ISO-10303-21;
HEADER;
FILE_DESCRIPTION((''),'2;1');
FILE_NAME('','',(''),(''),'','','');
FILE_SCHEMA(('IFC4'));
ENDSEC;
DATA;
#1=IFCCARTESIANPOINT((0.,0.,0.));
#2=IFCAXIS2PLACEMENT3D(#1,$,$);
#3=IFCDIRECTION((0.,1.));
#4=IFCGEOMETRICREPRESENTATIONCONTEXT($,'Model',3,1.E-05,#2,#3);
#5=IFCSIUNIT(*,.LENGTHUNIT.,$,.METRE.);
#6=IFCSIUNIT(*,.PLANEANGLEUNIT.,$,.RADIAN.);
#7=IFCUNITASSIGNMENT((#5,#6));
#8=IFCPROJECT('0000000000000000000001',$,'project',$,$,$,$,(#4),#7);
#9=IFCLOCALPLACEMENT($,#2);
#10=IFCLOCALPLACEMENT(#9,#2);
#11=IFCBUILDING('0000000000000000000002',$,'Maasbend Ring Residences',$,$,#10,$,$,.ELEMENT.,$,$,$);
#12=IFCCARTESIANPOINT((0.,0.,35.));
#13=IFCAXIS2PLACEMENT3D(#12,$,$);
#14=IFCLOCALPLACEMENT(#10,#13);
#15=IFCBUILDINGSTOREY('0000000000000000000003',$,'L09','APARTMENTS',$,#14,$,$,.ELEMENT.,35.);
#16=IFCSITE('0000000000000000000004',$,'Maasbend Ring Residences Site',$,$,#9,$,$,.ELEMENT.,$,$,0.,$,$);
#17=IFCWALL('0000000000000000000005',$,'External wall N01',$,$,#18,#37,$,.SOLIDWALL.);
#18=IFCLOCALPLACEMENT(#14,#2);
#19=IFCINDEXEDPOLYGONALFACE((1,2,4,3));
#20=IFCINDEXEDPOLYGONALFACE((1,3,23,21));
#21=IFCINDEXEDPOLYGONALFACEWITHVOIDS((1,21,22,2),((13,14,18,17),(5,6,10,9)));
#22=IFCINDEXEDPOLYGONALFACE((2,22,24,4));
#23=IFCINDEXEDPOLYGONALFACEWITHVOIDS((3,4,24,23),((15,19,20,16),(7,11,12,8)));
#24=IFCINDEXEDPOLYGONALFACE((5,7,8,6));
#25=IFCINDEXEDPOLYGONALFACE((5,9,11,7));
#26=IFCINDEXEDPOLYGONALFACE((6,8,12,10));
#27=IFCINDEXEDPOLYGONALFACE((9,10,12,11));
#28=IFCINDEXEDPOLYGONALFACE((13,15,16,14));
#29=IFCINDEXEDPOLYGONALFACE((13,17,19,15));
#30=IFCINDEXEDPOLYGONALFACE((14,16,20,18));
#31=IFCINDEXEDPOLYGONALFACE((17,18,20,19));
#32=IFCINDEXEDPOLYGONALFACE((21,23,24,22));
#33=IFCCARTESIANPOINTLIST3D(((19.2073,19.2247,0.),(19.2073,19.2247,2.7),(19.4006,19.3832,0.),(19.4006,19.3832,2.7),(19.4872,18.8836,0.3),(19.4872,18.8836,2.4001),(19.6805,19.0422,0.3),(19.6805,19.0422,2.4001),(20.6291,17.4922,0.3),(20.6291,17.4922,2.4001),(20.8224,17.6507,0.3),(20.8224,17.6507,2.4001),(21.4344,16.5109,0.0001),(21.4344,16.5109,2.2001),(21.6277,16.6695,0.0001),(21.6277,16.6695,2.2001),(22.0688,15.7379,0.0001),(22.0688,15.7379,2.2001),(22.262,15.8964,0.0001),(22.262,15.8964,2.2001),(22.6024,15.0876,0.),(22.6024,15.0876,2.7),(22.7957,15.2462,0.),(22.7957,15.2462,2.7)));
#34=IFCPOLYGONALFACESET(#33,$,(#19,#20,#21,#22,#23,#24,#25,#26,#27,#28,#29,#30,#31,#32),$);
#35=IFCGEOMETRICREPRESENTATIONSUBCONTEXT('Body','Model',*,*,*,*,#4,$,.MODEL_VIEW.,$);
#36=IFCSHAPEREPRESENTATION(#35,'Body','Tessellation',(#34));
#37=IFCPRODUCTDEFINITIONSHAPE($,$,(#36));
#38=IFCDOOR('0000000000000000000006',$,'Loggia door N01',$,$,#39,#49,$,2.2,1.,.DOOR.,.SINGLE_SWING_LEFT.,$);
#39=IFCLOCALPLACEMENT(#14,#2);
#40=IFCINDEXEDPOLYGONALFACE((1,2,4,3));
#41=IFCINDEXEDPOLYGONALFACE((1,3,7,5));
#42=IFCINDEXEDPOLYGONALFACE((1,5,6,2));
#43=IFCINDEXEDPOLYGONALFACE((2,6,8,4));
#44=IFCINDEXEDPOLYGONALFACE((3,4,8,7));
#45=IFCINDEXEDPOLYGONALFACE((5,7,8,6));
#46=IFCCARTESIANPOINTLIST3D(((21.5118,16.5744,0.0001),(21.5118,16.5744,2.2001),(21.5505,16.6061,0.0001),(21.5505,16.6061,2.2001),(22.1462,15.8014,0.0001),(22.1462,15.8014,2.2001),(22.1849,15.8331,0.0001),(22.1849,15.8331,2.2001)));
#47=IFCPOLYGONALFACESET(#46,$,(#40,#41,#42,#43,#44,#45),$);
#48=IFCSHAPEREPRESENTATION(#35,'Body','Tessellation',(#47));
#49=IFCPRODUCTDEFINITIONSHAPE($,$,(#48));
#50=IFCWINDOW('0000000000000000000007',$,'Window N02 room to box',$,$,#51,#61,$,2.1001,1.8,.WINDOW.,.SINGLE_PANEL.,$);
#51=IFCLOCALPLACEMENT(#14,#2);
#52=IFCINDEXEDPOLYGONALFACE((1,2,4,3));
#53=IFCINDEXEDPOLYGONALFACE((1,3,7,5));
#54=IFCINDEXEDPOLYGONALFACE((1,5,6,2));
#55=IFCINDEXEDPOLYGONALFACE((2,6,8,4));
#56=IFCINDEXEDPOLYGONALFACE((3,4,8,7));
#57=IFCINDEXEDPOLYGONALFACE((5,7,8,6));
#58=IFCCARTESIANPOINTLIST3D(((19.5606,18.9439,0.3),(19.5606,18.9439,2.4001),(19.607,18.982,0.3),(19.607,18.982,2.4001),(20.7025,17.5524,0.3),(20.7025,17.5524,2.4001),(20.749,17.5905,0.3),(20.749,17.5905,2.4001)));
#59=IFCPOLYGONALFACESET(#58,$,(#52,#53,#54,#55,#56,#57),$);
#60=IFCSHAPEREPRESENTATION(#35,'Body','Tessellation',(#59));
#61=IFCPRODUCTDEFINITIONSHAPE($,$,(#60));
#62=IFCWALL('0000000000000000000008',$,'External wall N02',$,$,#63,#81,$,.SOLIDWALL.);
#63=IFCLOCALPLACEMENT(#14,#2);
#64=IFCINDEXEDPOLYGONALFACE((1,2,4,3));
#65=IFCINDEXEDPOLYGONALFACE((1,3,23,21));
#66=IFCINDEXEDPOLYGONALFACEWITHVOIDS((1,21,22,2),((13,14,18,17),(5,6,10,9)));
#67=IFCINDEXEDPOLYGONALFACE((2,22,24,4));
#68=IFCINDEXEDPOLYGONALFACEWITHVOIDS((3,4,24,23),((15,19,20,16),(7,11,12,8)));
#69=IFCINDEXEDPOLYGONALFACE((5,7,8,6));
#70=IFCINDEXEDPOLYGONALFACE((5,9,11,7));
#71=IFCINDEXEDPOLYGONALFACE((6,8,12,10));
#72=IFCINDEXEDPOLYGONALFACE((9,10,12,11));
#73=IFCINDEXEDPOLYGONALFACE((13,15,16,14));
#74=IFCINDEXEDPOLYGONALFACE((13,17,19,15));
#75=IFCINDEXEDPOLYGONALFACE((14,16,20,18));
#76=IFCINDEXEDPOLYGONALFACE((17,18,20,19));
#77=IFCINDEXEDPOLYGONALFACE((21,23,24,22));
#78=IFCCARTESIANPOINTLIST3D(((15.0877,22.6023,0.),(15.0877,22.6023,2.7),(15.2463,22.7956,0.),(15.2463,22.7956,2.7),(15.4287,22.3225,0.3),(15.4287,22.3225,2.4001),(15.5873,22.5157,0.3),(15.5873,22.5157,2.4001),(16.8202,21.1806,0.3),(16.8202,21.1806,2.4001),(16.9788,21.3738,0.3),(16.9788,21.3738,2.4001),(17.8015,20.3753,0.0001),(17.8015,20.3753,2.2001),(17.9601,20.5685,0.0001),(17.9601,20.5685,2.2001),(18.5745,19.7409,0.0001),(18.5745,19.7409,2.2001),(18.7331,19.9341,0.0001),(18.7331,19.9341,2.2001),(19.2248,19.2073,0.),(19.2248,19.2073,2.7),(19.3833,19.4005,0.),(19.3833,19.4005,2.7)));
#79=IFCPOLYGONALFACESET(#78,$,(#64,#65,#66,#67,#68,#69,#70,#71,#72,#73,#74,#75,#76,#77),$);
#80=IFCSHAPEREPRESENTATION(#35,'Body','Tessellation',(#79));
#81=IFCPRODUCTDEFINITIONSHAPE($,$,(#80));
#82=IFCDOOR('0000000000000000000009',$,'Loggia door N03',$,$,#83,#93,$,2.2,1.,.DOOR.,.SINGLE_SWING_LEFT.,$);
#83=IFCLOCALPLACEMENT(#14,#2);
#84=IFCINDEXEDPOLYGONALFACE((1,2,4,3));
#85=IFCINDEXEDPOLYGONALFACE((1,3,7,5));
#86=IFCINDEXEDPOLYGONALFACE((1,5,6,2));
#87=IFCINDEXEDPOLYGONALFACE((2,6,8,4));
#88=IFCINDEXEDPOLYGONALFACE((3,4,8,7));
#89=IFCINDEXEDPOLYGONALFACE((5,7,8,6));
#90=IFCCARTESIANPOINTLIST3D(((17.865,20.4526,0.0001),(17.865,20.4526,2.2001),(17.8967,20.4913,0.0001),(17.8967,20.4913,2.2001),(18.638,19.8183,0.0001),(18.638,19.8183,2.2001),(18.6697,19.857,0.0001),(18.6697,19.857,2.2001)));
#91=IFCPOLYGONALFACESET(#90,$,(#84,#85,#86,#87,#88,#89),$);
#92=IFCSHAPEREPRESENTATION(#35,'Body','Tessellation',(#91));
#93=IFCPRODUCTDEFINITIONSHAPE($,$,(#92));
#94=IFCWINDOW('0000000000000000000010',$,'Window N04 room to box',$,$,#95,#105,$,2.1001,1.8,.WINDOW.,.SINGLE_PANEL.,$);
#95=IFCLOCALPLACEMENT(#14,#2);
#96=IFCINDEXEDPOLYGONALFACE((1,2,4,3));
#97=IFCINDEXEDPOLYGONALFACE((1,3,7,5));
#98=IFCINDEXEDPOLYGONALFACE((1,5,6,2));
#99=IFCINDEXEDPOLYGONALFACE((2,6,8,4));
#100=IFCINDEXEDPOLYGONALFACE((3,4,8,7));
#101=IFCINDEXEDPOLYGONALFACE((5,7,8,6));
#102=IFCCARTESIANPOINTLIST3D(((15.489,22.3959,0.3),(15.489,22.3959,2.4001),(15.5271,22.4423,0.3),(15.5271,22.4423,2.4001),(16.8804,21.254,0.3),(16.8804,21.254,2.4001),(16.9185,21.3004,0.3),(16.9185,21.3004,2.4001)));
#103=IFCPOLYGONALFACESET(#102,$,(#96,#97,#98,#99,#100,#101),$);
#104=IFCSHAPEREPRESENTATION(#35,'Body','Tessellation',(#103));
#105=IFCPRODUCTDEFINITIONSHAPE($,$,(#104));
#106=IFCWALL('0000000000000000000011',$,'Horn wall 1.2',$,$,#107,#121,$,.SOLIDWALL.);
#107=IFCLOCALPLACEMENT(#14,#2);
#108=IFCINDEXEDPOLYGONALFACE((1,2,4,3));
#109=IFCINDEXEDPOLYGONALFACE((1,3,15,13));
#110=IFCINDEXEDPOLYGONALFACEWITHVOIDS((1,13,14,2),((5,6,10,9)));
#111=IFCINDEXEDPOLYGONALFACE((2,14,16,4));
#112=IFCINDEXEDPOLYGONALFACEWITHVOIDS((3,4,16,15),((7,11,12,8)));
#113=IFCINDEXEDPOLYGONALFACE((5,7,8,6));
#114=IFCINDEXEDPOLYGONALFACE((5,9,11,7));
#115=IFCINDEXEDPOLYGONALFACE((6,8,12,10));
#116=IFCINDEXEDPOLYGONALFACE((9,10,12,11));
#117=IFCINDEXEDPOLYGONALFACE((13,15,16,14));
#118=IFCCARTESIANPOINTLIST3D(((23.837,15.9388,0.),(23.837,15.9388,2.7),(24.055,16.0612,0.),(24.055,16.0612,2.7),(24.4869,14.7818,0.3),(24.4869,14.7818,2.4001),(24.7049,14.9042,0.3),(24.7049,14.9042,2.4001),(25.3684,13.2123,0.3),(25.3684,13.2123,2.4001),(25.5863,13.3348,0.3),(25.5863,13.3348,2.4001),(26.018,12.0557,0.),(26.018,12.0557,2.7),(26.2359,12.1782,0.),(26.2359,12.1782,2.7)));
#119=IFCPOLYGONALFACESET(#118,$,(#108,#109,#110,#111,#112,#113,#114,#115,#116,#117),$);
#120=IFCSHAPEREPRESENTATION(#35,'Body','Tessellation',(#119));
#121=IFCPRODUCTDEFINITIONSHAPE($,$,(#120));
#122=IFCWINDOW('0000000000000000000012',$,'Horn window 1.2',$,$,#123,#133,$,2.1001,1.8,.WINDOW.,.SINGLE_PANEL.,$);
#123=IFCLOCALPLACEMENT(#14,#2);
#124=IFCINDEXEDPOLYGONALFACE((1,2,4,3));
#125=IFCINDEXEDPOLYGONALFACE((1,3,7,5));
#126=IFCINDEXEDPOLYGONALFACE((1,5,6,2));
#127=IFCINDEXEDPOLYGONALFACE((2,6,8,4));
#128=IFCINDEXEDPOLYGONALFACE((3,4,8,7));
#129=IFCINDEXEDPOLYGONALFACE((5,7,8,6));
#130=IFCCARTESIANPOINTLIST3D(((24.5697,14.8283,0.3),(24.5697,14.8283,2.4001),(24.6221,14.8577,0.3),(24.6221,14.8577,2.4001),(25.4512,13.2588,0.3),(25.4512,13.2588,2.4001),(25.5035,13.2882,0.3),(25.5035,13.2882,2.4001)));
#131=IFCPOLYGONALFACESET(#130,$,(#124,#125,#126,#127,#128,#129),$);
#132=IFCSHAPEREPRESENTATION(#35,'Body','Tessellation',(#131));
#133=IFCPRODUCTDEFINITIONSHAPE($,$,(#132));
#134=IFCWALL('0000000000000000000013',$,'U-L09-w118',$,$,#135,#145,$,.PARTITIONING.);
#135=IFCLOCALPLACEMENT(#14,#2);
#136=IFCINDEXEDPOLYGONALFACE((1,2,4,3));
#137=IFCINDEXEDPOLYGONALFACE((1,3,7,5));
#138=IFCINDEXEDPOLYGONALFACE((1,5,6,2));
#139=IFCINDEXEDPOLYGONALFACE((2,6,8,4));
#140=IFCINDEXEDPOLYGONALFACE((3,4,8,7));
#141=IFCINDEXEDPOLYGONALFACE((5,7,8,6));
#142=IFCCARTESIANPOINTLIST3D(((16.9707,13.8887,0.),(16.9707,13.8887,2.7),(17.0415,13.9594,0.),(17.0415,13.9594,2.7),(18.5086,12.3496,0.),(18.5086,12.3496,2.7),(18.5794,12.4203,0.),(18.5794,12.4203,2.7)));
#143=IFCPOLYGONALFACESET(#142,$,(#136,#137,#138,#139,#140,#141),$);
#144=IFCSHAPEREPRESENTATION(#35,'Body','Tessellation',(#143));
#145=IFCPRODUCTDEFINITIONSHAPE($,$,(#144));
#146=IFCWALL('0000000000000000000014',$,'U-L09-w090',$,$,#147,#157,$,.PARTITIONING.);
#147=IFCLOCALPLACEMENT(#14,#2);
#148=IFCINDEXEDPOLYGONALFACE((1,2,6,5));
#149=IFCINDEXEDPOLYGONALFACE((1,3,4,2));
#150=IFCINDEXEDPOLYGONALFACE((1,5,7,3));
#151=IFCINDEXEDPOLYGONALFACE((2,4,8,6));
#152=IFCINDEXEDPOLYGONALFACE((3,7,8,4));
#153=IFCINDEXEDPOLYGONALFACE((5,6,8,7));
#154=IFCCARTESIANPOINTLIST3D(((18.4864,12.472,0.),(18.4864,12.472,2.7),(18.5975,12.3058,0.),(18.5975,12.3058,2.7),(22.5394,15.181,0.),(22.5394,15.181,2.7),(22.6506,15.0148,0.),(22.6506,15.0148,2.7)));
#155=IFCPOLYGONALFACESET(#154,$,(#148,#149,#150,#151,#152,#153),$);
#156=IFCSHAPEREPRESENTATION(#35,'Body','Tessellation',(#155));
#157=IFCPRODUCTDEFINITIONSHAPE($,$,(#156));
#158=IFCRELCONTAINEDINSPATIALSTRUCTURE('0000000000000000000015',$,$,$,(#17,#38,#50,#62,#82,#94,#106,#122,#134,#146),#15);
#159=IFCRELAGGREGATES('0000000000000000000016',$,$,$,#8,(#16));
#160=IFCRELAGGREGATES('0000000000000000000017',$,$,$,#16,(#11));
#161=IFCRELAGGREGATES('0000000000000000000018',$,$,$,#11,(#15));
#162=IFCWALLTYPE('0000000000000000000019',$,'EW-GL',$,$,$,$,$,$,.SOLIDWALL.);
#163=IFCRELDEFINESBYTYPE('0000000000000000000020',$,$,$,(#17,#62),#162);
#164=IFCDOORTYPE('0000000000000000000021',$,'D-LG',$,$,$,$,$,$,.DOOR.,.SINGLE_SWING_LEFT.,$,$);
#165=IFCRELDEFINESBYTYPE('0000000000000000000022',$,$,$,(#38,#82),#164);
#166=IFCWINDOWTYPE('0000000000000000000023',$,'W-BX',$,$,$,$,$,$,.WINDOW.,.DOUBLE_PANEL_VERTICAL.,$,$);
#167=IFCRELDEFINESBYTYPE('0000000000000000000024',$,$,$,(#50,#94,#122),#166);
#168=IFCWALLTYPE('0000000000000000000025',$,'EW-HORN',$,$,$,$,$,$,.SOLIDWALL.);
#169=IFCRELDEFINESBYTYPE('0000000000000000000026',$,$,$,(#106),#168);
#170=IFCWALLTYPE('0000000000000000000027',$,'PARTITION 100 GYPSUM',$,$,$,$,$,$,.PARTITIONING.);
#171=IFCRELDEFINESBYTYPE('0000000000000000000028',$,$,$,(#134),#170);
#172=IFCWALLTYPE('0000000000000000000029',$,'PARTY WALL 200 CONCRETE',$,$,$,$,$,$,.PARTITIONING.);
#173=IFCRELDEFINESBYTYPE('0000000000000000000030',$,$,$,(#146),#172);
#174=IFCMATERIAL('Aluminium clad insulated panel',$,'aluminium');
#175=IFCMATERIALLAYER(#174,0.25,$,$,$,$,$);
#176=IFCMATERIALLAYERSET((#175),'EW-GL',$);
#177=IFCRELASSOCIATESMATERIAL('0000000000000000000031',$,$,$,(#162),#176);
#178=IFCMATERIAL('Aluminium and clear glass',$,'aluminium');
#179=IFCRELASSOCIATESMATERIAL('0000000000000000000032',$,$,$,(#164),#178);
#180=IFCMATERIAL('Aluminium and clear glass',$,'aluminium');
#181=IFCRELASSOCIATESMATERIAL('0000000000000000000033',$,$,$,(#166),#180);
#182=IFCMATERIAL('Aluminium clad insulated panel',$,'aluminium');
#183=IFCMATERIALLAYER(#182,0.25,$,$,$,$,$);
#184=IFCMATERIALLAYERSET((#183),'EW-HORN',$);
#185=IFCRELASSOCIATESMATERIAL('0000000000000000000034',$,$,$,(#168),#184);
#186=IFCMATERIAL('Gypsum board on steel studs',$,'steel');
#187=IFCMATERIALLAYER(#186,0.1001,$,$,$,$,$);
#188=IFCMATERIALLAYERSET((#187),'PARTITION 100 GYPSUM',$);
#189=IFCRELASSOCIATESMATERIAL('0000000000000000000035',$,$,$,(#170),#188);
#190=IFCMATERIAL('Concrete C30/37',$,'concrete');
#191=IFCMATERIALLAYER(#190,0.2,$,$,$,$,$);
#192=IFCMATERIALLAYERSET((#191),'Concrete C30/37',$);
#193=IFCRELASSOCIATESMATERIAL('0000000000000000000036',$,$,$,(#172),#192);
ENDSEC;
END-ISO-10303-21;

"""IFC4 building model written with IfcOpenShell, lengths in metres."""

from ifc_helpers import new_model, si_unit, direction, frame, frame_2d, origin, place, context, subcontext, project, spatial, rectangle, extrude, material, layer, layer_set, type_object, element, fill, save


model = new_model("IFC4")

# Units and contexts
model_context = context("Model", 3, precision=1e-05, world=origin(), true_north=direction((0.0, 1.0)))
body_context = subcontext(model_context, "Body", "Model", "MODEL_VIEW")
ifc_project = project(units=[si_unit("LENGTHUNIT", "METRE"), si_unit("PLANEANGLEUNIT", "RADIAN")], contexts=[model_context])

# Site, building, storey
site_placement = place(None, origin())
site = spatial("IfcSite", under=ifc_project, at=site_placement, Name="Maasbend Ring Residences Site", CompositionType="ELEMENT", RefElevation=0.0)
building_placement = place(site_placement, origin())
building = spatial("IfcBuilding", under=site, at=building_placement, Name="Maasbend Ring Residences", CompositionType="ELEMENT")
storey_placement = place(building_placement, frame((0.0, 0.0, 35.0)))
storey = spatial("IfcBuildingStorey", under=building, at=storey_placement, Name="L09", Description="APARTMENTS", CompositionType="ELEMENT", Elevation=35.0)

# Walls, openings, doors, windows
ifc_material_1 = material(Name="Aluminium clad insulated panel", Category="aluminium")
ifc_layer_1 = layer(ifc_material_1, 0.25)
ifc_layer_set_1 = layer_set([ifc_layer_1], Name="EW-GL")
wall_type_1 = type_object("IfcWallType", Name="EW-GL", PredefinedType="SOLIDWALL", material=ifc_layer_set_1)
wall_1_placement = place(storey_placement, frame((22.699, 15.167, 0.0), z_axis=(0.0, 0.0, 1.0), x_axis=(-0.634382, 0.773019, 0.0)))
wall_1 = element("IfcWall", 1, at=wall_1_placement, inside=storey, type_object=wall_type_1, Name="External wall N01", PredefinedType="SOLIDWALL", context=body_context, shape_type="SweptSolid", body=[
    extrude(rectangle(XDim=5.3518, YDim=0.25, at=frame_2d((2.6758, 0.0))), origin(), (0.0, 0.0, 1.0), 2.7),
])
opening_1_placement = place(wall_1_placement, frame((0.8411, 0.0, 0.0)))
opening_1 = element("IfcOpeningElement", 2, at=opening_1_placement, cuts=wall_1, PredefinedType="OPENING", context=body_context, shape_type="SweptSolid", body=[
    extrude(rectangle(XDim=1.0, YDim=2.2, at=frame_2d((0.5, 1.1001))), frame((0.0, 0.135, 0.0), z_axis=(0.0, -1.0, 0.0), x_axis=(1.0, 0.0, 0.0)), (0.0, 0.0, 1.0), 0.27),
])
opening_2_placement = place(wall_1_placement, frame((3.1106, 0.0, 0.3)))
opening_2 = element("IfcOpeningElement", 3, at=opening_2_placement, cuts=wall_1, PredefinedType="OPENING", context=body_context, shape_type="SweptSolid", body=[
    extrude(rectangle(XDim=1.8, YDim=2.1001, at=frame_2d((0.8999, 1.05))), frame((0.0, 0.135, 0.0), z_axis=(0.0, -1.0, 0.0), x_axis=(1.0, 0.0, 0.0)), (0.0, 0.0, 1.0), 0.27),
])
ifc_material_2 = material(Name="Aluminium and clear glass", Category="aluminium")
door_type = type_object("IfcDoorType", Name="D-LG", OperationType="SINGLE_SWING_LEFT", PredefinedType="DOOR", material=ifc_material_2)
door_1_placement = place(opening_1_placement, origin())
door_1 = element("IfcDoor", 4, at=door_1_placement, inside=storey, type_object=door_type, Name="Loggia door N01", OperationType="SINGLE_SWING_LEFT", OverallHeight=2.2, OverallWidth=1.0, PredefinedType="DOOR", context=body_context, shape_type="SweptSolid", body=[
    extrude(rectangle(XDim=1.0, YDim=2.2, at=frame_2d((0.5, 1.1001))), frame((0.0, 0.0249, 0.0), z_axis=(0.0, -1.0, 0.0), x_axis=(1.0, 0.0, 0.0)), (0.0, 0.0, 1.0), 0.05),
])
fill(opening_1, door_1)
ifc_material_3 = material(Name="Aluminium and clear glass", Category="aluminium")
window_type_1 = type_object("IfcWindowType", Name="W-BX", PartitioningType="DOUBLE_PANEL_VERTICAL", PredefinedType="WINDOW", material=ifc_material_3)
window_1_placement = place(opening_2_placement, origin())
window_1 = element("IfcWindow", 5, at=window_1_placement, inside=storey, type_object=window_type_1, Name="Window N02 room to box", OverallHeight=2.1001, OverallWidth=1.8, PartitioningType="SINGLE_PANEL", PredefinedType="WINDOW", context=body_context, shape_type="SweptSolid", body=[
    extrude(rectangle(XDim=1.8, YDim=2.1001, at=frame_2d((0.8999, 1.05))), frame((0.0, 0.03, 0.0), z_axis=(0.0, -1.0, 0.0), x_axis=(1.0, 0.0, 0.0)), (0.0, 0.0, 1.0), 0.0601),
])
fill(opening_2, window_1)
wall_2_placement = place(storey_placement, frame((19.304, 19.304, 0.0), z_axis=(0.0, 0.0, 1.0), x_axis=(-0.773019, 0.634382, 0.0)))
wall_2 = element("IfcWall", 6, at=wall_2_placement, inside=storey, type_object=wall_type_1, Name="External wall N02", PredefinedType="SOLIDWALL", context=body_context, shape_type="SweptSolid", body=[
    extrude(rectangle(XDim=5.3518, YDim=0.25, at=frame_2d((2.6758, 0.0))), origin(), (0.0, 0.0, 1.0), 2.7),
])
opening_3_placement = place(wall_2_placement, frame((0.8411, 0.0, 0.0)))
opening_3 = element("IfcOpeningElement", 7, at=opening_3_placement, cuts=wall_2, PredefinedType="OPENING", context=body_context, shape_type="SweptSolid", body=[
    extrude(rectangle(XDim=1.0, YDim=2.2, at=frame_2d((0.5, 1.1001))), frame((0.0, 0.135, 0.0), z_axis=(0.0, -1.0, 0.0), x_axis=(1.0, 0.0, 0.0)), (0.0, 0.0, 1.0), 0.27),
])
opening_4_placement = place(wall_2_placement, frame((3.1106, 0.0, 0.3)))
opening_4 = element("IfcOpeningElement", 8, at=opening_4_placement, cuts=wall_2, PredefinedType="OPENING", context=body_context, shape_type="SweptSolid", body=[
    extrude(rectangle(XDim=1.8, YDim=2.1001, at=frame_2d((0.8999, 1.05))), frame((0.0, 0.135, 0.0), z_axis=(0.0, -1.0, 0.0), x_axis=(1.0, 0.0, 0.0)), (0.0, 0.0, 1.0), 0.27),
])
door_2_placement = place(opening_3_placement, origin())
door_2 = element("IfcDoor", 9, at=door_2_placement, inside=storey, type_object=door_type, Name="Loggia door N03", OperationType="SINGLE_SWING_LEFT", OverallHeight=2.2, OverallWidth=1.0, PredefinedType="DOOR", context=body_context, shape_type="SweptSolid", body=[
    extrude(rectangle(XDim=1.0, YDim=2.2, at=frame_2d((0.5, 1.1001))), frame((0.0, 0.0249, 0.0), z_axis=(0.0, -1.0, 0.0), x_axis=(1.0, 0.0, 0.0)), (0.0, 0.0, 1.0), 0.05),
])
fill(opening_3, door_2)
window_2_placement = place(opening_4_placement, origin())
window_2 = element("IfcWindow", 10, at=window_2_placement, inside=storey, type_object=window_type_1, Name="Window N04 room to box", OverallHeight=2.1001, OverallWidth=1.8, PartitioningType="SINGLE_PANEL", PredefinedType="WINDOW", context=body_context, shape_type="SweptSolid", body=[
    extrude(rectangle(XDim=1.8, YDim=2.1001, at=frame_2d((0.8999, 1.05))), frame((0.0, 0.03, 0.0), z_axis=(0.0, -1.0, 0.0), x_axis=(1.0, 0.0, 0.0)), (0.0, 0.0, 1.0), 0.0601),
])
fill(opening_4, window_2)

# Wall, opening, window
ifc_material_4 = material(Name="Aluminium clad insulated panel", Category="aluminium")
ifc_layer_2 = layer(ifc_material_4, 0.25)
ifc_layer_set_2 = layer_set([ifc_layer_2], Name="EW-HORN")
wall_type_2 = type_object("IfcWallType", Name="EW-HORN", PredefinedType="SOLIDWALL", material=ifc_layer_set_2)
wall_3_placement = place(storey_placement, frame((26.127, 12.1169, 0.0), z_axis=(0.0, 0.0, 1.0), x_axis=(-0.489696, 0.871893, 0.0)))
wall_3 = element("IfcWall", 11, at=wall_3_placement, inside=storey, type_object=wall_type_2, Name="Horn wall 1.2", PredefinedType="SOLIDWALL", context=body_context, shape_type="SweptSolid", body=[
    extrude(rectangle(XDim=4.4536, YDim=0.25, at=frame_2d((2.2268, 0.0))), origin(), (0.0, 0.0, 1.0), 2.7),
])
opening_5_placement = place(wall_3_placement, frame((1.3267, 0.0, 0.3)))
opening_5 = element("IfcOpeningElement", 12, at=opening_5_placement, cuts=wall_3, PredefinedType="OPENING", context=body_context, shape_type="SweptSolid", body=[
    extrude(rectangle(XDim=1.8, YDim=2.1001, at=frame_2d((0.8999, 1.05))), frame((0.0, 0.135, 0.0), z_axis=(0.0, -1.0, 0.0), x_axis=(1.0, 0.0, 0.0)), (0.0, 0.0, 1.0), 0.27),
])
window_3_placement = place(opening_5_placement, origin())
window_3 = element("IfcWindow", 13, at=window_3_placement, inside=storey, type_object=window_type_1, Name="Horn window 1.2", OverallHeight=2.1001, OverallWidth=1.8, PartitioningType="SINGLE_PANEL", PredefinedType="WINDOW", context=body_context, shape_type="SweptSolid", body=[
    extrude(rectangle(XDim=1.8, YDim=2.1001, at=frame_2d((0.8999, 1.05))), frame((0.0, 0.03, 0.0), z_axis=(0.0, -1.0, 0.0), x_axis=(1.0, 0.0, 0.0)), (0.0, 0.0, 1.0), 0.0601),
])
fill(opening_5, window_3)

# Walls
ifc_material_5 = material(Name="Gypsum board on steel studs", Category="steel")
ifc_layer_3 = layer(ifc_material_5, 0.1001)
ifc_layer_set_3 = layer_set([ifc_layer_3], Name="PARTITION 100 GYPSUM")
wall_type_3 = type_object("IfcWallType", Name="PARTITION 100 GYPSUM", PredefinedType="PARTITIONING", material=ifc_layer_set_3)
wall_4_placement = place(storey_placement, frame((17.0061, 13.9241, 0.0), z_axis=(0.0, 0.0, 1.0), x_axis=(0.706826, -0.707387, 0.0)))
element("IfcWall", 14, at=wall_4_placement, inside=storey, type_object=wall_type_3, Name="U-L09-w118", PredefinedType="PARTITIONING", context=body_context, shape_type="SweptSolid", body=[
    extrude(rectangle(XDim=2.1758, YDim=0.1001, at=frame_2d((1.0879, 0.0))), origin(), (0.0, 0.0, 1.0), 2.7),
])
ifc_material_6 = material(Name="Concrete C30/37", Category="concrete")
ifc_layer_4 = layer(ifc_material_6, 0.2)
ifc_layer_set_4 = layer_set([ifc_layer_4], Name="Concrete C30/37")
wall_type_4 = type_object("IfcWallType", Name="PARTY WALL 200 CONCRETE", PredefinedType="PARTITIONING", material=ifc_layer_set_4)
wall_5_placement = place(storey_placement, frame((18.542, 12.3889, 0.0), z_axis=(0.0, 0.0, 1.0), x_axis=(0.831387, 0.555694, 0.0)))
element("IfcWall", 15, at=wall_5_placement, inside=storey, type_object=wall_type_4, Name="U-L09-w090", PredefinedType="PARTITIONING", context=body_context, shape_type="SweptSolid", body=[
    extrude(rectangle(XDim=4.875, YDim=0.2, at=frame_2d((2.4375, 0.0))), origin(), (0.0, 0.0, 1.0), 2.7),
])

save(model, "model.ifc")
